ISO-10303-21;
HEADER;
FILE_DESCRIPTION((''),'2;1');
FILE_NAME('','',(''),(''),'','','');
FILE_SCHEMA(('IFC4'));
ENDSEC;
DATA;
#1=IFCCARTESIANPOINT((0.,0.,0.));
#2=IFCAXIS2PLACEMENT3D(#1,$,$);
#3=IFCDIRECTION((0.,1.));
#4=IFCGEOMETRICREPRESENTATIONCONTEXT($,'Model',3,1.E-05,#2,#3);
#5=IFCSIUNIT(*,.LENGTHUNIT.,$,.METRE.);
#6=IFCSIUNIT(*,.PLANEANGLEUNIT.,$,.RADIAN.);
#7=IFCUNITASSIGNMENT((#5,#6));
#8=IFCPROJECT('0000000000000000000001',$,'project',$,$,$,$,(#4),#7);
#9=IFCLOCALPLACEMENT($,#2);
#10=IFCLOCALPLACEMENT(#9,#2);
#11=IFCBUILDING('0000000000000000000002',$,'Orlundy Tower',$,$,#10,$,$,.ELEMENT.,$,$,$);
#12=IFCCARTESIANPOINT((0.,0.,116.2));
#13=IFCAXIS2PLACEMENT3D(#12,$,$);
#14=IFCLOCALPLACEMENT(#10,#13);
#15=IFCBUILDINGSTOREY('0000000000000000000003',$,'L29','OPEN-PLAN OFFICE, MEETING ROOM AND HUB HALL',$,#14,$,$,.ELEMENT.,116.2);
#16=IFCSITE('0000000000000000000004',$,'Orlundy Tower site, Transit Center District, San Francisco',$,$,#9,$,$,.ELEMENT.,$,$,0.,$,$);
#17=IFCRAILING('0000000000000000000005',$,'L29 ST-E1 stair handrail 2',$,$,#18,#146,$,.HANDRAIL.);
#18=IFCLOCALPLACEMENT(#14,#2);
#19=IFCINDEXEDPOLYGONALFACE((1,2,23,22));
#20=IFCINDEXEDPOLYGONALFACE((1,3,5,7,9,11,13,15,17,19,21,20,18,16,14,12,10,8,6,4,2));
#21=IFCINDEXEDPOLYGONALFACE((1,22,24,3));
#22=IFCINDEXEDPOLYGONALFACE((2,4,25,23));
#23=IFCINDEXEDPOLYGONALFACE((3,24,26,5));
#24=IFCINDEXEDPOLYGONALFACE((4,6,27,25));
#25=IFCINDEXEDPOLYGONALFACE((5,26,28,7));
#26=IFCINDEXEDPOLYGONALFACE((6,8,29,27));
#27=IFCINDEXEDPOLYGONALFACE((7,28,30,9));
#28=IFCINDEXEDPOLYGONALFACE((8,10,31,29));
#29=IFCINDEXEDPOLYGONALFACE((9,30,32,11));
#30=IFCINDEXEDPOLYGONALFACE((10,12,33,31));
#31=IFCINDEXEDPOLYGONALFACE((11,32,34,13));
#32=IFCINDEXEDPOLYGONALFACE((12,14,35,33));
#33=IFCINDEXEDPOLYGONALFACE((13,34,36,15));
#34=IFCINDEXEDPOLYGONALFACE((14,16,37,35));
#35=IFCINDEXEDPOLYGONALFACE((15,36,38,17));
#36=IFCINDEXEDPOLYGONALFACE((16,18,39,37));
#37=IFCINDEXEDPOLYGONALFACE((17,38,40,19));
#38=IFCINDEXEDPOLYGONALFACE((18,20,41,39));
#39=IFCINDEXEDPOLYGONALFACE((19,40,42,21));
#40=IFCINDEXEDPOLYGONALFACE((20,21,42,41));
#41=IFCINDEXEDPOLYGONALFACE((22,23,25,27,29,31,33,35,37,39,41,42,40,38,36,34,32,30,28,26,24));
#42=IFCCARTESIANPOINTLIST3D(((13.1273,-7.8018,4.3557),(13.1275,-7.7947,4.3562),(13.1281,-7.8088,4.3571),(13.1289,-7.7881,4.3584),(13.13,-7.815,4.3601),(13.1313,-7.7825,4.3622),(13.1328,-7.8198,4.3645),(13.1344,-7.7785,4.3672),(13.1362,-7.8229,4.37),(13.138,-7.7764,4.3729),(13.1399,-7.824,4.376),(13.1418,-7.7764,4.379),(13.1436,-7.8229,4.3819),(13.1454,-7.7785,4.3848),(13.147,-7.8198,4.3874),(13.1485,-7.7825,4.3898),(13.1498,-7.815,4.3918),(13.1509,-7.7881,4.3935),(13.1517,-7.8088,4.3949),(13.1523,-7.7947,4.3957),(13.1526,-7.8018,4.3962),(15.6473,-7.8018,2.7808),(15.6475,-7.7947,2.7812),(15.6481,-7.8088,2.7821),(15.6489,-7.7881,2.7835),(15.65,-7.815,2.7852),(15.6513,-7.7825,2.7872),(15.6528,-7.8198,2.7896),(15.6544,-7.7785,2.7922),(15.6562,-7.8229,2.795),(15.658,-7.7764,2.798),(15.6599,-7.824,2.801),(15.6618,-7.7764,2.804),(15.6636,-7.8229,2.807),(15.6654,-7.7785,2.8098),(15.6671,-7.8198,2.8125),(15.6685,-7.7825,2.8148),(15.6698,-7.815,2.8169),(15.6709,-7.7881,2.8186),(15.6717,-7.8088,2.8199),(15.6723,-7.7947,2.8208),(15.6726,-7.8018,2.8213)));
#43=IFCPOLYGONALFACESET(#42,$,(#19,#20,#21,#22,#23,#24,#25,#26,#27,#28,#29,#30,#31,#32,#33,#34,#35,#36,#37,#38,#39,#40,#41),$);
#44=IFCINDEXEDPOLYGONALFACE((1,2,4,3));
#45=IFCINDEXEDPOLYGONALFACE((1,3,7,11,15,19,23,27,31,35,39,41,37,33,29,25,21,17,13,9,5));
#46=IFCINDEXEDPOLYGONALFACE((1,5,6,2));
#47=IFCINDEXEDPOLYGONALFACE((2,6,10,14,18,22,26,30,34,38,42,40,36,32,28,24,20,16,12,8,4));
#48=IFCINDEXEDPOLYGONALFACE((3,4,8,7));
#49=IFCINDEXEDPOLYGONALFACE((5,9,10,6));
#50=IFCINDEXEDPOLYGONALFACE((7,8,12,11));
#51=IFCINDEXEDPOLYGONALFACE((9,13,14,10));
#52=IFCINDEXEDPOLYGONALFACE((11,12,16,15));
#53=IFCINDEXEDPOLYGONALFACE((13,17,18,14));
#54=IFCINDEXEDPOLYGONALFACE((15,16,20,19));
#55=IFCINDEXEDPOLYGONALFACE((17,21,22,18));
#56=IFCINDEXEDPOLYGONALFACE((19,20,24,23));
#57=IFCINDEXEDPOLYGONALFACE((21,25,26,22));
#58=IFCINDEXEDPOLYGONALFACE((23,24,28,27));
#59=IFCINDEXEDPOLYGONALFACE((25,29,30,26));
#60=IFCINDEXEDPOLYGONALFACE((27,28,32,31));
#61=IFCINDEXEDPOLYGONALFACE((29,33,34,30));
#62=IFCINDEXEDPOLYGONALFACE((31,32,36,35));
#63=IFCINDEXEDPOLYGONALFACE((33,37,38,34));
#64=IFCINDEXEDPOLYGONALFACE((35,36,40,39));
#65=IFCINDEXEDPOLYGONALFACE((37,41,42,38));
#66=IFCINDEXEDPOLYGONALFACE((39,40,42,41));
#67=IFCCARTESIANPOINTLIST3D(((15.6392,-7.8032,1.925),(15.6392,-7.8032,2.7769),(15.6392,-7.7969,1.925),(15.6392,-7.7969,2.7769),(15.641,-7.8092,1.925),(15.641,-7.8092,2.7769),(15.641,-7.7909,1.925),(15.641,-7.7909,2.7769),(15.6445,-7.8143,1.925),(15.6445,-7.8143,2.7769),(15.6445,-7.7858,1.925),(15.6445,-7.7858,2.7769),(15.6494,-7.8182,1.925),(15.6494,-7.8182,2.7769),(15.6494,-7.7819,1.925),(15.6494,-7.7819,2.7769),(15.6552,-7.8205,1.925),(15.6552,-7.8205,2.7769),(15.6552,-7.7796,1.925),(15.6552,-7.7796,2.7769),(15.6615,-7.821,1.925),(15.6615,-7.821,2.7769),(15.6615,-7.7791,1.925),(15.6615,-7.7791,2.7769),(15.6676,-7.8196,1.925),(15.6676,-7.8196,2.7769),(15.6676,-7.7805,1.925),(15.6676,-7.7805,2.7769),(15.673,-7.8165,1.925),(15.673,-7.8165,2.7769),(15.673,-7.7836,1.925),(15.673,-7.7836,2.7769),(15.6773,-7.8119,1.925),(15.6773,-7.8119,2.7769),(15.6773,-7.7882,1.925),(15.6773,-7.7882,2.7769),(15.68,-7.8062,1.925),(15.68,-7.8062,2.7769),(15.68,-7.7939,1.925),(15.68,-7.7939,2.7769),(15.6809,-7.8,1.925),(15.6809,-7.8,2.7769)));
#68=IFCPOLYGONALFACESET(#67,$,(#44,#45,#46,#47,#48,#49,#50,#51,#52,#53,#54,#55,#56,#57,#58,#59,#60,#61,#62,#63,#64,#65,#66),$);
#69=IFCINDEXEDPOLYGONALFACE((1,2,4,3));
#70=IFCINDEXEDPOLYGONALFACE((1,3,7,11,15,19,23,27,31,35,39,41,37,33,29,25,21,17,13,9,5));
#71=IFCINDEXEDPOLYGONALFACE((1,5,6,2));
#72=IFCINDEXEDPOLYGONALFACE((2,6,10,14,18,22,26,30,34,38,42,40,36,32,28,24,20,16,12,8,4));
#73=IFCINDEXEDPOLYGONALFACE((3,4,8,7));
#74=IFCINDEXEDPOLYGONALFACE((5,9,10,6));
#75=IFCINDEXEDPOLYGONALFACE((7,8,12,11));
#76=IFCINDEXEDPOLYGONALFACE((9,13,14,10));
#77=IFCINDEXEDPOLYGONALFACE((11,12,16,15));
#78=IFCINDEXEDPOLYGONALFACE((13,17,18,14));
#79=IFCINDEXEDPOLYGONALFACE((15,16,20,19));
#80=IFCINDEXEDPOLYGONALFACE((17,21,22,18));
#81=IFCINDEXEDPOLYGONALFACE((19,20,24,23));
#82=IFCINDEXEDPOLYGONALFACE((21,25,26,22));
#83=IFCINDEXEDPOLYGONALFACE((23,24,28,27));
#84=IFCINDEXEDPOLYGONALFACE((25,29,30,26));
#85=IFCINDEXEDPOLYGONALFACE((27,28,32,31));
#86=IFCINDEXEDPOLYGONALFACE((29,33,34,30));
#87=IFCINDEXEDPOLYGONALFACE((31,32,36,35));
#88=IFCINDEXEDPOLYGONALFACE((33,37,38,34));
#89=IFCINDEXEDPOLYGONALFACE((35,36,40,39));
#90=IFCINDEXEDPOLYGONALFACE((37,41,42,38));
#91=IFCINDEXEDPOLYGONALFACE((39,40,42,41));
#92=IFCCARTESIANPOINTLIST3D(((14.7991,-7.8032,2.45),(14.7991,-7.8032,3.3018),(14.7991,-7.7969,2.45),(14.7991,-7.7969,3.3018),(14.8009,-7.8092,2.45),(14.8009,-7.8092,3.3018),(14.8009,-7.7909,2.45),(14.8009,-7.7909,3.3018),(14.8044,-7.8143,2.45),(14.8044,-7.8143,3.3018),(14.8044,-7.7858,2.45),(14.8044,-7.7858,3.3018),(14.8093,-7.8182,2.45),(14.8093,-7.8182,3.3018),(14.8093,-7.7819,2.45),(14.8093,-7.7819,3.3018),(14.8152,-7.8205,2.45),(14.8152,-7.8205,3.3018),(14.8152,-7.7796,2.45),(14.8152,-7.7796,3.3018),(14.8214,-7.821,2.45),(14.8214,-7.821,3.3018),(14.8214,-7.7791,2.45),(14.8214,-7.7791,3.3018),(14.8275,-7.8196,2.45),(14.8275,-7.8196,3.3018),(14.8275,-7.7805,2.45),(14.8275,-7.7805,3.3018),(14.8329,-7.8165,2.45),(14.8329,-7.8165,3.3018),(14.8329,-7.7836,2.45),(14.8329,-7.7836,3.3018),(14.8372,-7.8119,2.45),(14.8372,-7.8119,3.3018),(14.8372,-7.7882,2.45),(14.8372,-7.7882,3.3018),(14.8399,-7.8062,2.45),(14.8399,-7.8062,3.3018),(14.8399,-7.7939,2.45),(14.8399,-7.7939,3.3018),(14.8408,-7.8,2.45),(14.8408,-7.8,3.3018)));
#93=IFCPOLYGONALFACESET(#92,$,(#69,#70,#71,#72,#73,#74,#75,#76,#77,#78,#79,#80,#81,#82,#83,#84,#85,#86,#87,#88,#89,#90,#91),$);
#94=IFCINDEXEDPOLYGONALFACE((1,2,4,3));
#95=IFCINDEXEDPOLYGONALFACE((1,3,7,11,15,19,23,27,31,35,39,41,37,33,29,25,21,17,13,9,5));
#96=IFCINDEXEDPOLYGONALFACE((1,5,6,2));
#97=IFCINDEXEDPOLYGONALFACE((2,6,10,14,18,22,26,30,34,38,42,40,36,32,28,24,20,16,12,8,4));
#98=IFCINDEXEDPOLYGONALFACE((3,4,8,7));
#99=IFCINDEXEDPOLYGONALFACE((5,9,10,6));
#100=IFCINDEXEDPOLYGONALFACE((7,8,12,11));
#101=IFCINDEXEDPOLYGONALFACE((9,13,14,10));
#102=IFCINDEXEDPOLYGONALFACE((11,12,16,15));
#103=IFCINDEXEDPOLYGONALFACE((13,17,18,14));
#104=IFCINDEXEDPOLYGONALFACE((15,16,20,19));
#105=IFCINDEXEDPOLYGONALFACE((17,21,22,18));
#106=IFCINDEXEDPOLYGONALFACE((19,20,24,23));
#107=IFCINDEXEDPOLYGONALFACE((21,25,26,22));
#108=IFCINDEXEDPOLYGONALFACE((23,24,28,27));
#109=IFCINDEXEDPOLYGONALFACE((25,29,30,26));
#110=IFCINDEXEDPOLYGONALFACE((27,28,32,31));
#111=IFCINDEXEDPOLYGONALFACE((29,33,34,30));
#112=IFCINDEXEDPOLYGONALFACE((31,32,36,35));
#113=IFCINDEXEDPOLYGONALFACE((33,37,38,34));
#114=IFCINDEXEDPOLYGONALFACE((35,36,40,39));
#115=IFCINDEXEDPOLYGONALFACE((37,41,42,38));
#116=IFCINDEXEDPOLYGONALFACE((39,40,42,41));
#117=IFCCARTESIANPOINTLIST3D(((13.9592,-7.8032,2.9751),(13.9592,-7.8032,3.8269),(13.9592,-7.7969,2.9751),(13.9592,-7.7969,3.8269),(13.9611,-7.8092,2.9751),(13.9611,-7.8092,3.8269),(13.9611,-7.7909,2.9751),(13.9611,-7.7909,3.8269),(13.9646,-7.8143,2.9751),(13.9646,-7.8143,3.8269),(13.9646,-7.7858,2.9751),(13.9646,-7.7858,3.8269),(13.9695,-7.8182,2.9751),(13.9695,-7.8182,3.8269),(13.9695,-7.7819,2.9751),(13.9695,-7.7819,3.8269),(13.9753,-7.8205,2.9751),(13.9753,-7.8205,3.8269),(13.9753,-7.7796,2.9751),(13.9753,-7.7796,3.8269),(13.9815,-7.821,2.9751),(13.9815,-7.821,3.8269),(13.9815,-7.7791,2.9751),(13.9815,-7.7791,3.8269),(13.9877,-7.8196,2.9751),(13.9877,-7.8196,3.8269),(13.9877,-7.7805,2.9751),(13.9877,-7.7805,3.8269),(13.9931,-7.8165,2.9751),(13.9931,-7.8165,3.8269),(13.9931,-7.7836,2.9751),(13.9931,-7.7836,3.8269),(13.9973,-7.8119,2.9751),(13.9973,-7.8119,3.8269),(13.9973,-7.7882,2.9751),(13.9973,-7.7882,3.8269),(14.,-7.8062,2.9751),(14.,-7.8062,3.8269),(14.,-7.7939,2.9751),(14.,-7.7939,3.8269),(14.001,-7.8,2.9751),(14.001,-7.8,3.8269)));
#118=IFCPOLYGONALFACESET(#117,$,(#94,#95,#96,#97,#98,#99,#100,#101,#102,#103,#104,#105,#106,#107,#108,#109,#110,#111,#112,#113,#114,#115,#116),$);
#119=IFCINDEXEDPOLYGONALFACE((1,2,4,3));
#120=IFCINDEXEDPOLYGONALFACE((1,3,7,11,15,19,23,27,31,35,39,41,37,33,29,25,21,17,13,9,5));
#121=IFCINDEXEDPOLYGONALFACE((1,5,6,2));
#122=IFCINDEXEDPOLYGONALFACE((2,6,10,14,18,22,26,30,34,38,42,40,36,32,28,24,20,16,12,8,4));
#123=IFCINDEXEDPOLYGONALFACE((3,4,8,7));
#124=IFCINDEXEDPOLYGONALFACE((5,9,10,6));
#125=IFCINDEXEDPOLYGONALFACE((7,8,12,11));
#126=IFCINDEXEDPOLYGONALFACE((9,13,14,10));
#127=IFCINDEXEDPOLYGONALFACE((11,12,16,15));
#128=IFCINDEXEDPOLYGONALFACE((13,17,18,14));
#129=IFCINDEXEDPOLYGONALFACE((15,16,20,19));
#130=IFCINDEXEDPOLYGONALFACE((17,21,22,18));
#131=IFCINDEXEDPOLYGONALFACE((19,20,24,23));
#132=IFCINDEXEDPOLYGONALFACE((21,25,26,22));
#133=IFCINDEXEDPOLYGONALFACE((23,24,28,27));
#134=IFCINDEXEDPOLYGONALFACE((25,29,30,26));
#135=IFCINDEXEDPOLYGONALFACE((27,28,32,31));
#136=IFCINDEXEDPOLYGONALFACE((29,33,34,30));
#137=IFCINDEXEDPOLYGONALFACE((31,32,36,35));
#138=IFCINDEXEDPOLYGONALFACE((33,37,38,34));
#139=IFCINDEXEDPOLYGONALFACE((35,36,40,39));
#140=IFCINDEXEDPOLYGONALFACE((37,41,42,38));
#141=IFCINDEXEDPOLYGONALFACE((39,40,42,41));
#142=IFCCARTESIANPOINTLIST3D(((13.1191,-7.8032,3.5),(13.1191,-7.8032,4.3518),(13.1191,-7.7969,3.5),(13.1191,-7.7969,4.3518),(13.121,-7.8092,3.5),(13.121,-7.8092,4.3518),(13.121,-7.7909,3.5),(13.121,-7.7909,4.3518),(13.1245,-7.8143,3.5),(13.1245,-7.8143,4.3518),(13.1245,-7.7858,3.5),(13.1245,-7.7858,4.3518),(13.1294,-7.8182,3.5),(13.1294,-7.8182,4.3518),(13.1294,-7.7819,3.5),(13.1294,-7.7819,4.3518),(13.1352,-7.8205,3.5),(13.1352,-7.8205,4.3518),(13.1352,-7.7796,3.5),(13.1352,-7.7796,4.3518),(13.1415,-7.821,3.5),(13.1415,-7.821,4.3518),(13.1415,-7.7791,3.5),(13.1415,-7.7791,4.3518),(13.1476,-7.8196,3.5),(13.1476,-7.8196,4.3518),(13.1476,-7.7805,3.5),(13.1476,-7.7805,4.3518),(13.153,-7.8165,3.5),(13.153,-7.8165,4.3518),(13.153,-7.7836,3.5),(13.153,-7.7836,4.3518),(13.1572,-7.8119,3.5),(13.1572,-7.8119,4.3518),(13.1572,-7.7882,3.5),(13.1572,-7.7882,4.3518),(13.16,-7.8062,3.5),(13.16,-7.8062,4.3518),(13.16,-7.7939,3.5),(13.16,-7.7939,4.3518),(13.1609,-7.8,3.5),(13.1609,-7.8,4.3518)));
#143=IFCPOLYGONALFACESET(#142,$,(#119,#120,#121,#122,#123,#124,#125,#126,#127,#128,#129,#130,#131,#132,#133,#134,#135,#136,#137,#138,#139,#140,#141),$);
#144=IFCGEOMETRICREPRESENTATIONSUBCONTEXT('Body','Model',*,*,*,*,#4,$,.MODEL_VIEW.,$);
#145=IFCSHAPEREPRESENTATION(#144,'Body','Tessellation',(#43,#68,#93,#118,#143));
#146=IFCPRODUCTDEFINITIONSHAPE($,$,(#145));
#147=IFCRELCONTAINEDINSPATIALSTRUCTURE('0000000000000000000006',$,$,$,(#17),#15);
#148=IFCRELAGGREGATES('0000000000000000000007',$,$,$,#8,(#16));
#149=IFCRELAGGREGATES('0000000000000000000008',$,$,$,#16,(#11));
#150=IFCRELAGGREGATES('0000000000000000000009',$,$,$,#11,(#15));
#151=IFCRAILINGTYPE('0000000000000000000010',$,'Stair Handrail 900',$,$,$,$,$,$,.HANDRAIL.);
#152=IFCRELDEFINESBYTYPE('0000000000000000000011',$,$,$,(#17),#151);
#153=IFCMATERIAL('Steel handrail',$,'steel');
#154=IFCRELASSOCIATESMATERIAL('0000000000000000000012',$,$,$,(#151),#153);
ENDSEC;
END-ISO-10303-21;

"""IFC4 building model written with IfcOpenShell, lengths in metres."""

from ifc_helpers import new_model, si_unit, direction, frame, origin, origin_2d, place, context, subcontext, project, spatial, circle, extrude, material, type_object, element, save


model = new_model("IFC4")

# Units and contexts
model_context = context("Model", 3, precision=1e-05, world=origin(), true_north=direction((0.0, 1.0)))
body_context = subcontext(model_context, "Body", "Model", "MODEL_VIEW")
ifc_project = project(units=[si_unit("LENGTHUNIT", "METRE"), si_unit("PLANEANGLEUNIT", "RADIAN")], contexts=[model_context])

# Site, building, storey
site_placement = place(None, origin())
site = spatial("IfcSite", under=ifc_project, at=site_placement, Name="Orlundy Tower site, Transit Center District, San Francisco", CompositionType="ELEMENT", RefElevation=0.0)
building_placement = place(site_placement, origin())
building = spatial("IfcBuilding", under=site, at=building_placement, Name="Orlundy Tower", CompositionType="ELEMENT")
storey_placement = place(building_placement, frame((0.0, 0.0, 116.2)))
storey = spatial("IfcBuildingStorey", under=building, at=storey_placement, Name="L29", Description="OPEN-PLAN OFFICE, MEETING ROOM AND HUB HALL", CompositionType="ELEMENT", Elevation=116.2)

# Railing
ifc_material_1 = material(Name="Steel handrail", Category="steel")
railing_type_1 = type_object("IfcRailingType", Name="Stair Handrail 900", PredefinedType="HANDRAIL", material=ifc_material_1)
railing_1_placement = place(storey_placement, frame((15.6599, -7.8, 1.925)))
element("IfcRailing", 1, at=railing_1_placement, inside=storey, type_object=railing_type_1, Name="L29 ST-E1 stair handrail 2", PredefinedType="HANDRAIL", context=body_context, shape_type="SweptSolid", body=[
    extrude(circle(Radius=0.0239, at=origin_2d()), frame((0.0, 0.0, 0.876), z_axis=(-0.848008, 0.0, 0.529984), x_axis=(0.0, -1.0, 0.0)), (0.0, 0.0, 1.0), 2.9717),
    extrude(circle(Radius=0.021, at=origin_2d()), origin(), (0.0, 0.0, 1.0), 0.8518),
    extrude(circle(Radius=0.021, at=origin_2d()), frame((-0.8401, 0.0, 0.5249)), (0.0, 0.0, 1.0), 0.8518),
    extrude(circle(Radius=0.021, at=origin_2d()), frame((-1.6799, 0.0, 1.05)), (0.0, 0.0, 1.0), 0.8518),
    extrude(circle(Radius=0.021, at=origin_2d()), frame((-2.52, 0.0, 1.575)), (0.0, 0.0, 1.0), 0.8518),
])

save(model, "model.ifc")
